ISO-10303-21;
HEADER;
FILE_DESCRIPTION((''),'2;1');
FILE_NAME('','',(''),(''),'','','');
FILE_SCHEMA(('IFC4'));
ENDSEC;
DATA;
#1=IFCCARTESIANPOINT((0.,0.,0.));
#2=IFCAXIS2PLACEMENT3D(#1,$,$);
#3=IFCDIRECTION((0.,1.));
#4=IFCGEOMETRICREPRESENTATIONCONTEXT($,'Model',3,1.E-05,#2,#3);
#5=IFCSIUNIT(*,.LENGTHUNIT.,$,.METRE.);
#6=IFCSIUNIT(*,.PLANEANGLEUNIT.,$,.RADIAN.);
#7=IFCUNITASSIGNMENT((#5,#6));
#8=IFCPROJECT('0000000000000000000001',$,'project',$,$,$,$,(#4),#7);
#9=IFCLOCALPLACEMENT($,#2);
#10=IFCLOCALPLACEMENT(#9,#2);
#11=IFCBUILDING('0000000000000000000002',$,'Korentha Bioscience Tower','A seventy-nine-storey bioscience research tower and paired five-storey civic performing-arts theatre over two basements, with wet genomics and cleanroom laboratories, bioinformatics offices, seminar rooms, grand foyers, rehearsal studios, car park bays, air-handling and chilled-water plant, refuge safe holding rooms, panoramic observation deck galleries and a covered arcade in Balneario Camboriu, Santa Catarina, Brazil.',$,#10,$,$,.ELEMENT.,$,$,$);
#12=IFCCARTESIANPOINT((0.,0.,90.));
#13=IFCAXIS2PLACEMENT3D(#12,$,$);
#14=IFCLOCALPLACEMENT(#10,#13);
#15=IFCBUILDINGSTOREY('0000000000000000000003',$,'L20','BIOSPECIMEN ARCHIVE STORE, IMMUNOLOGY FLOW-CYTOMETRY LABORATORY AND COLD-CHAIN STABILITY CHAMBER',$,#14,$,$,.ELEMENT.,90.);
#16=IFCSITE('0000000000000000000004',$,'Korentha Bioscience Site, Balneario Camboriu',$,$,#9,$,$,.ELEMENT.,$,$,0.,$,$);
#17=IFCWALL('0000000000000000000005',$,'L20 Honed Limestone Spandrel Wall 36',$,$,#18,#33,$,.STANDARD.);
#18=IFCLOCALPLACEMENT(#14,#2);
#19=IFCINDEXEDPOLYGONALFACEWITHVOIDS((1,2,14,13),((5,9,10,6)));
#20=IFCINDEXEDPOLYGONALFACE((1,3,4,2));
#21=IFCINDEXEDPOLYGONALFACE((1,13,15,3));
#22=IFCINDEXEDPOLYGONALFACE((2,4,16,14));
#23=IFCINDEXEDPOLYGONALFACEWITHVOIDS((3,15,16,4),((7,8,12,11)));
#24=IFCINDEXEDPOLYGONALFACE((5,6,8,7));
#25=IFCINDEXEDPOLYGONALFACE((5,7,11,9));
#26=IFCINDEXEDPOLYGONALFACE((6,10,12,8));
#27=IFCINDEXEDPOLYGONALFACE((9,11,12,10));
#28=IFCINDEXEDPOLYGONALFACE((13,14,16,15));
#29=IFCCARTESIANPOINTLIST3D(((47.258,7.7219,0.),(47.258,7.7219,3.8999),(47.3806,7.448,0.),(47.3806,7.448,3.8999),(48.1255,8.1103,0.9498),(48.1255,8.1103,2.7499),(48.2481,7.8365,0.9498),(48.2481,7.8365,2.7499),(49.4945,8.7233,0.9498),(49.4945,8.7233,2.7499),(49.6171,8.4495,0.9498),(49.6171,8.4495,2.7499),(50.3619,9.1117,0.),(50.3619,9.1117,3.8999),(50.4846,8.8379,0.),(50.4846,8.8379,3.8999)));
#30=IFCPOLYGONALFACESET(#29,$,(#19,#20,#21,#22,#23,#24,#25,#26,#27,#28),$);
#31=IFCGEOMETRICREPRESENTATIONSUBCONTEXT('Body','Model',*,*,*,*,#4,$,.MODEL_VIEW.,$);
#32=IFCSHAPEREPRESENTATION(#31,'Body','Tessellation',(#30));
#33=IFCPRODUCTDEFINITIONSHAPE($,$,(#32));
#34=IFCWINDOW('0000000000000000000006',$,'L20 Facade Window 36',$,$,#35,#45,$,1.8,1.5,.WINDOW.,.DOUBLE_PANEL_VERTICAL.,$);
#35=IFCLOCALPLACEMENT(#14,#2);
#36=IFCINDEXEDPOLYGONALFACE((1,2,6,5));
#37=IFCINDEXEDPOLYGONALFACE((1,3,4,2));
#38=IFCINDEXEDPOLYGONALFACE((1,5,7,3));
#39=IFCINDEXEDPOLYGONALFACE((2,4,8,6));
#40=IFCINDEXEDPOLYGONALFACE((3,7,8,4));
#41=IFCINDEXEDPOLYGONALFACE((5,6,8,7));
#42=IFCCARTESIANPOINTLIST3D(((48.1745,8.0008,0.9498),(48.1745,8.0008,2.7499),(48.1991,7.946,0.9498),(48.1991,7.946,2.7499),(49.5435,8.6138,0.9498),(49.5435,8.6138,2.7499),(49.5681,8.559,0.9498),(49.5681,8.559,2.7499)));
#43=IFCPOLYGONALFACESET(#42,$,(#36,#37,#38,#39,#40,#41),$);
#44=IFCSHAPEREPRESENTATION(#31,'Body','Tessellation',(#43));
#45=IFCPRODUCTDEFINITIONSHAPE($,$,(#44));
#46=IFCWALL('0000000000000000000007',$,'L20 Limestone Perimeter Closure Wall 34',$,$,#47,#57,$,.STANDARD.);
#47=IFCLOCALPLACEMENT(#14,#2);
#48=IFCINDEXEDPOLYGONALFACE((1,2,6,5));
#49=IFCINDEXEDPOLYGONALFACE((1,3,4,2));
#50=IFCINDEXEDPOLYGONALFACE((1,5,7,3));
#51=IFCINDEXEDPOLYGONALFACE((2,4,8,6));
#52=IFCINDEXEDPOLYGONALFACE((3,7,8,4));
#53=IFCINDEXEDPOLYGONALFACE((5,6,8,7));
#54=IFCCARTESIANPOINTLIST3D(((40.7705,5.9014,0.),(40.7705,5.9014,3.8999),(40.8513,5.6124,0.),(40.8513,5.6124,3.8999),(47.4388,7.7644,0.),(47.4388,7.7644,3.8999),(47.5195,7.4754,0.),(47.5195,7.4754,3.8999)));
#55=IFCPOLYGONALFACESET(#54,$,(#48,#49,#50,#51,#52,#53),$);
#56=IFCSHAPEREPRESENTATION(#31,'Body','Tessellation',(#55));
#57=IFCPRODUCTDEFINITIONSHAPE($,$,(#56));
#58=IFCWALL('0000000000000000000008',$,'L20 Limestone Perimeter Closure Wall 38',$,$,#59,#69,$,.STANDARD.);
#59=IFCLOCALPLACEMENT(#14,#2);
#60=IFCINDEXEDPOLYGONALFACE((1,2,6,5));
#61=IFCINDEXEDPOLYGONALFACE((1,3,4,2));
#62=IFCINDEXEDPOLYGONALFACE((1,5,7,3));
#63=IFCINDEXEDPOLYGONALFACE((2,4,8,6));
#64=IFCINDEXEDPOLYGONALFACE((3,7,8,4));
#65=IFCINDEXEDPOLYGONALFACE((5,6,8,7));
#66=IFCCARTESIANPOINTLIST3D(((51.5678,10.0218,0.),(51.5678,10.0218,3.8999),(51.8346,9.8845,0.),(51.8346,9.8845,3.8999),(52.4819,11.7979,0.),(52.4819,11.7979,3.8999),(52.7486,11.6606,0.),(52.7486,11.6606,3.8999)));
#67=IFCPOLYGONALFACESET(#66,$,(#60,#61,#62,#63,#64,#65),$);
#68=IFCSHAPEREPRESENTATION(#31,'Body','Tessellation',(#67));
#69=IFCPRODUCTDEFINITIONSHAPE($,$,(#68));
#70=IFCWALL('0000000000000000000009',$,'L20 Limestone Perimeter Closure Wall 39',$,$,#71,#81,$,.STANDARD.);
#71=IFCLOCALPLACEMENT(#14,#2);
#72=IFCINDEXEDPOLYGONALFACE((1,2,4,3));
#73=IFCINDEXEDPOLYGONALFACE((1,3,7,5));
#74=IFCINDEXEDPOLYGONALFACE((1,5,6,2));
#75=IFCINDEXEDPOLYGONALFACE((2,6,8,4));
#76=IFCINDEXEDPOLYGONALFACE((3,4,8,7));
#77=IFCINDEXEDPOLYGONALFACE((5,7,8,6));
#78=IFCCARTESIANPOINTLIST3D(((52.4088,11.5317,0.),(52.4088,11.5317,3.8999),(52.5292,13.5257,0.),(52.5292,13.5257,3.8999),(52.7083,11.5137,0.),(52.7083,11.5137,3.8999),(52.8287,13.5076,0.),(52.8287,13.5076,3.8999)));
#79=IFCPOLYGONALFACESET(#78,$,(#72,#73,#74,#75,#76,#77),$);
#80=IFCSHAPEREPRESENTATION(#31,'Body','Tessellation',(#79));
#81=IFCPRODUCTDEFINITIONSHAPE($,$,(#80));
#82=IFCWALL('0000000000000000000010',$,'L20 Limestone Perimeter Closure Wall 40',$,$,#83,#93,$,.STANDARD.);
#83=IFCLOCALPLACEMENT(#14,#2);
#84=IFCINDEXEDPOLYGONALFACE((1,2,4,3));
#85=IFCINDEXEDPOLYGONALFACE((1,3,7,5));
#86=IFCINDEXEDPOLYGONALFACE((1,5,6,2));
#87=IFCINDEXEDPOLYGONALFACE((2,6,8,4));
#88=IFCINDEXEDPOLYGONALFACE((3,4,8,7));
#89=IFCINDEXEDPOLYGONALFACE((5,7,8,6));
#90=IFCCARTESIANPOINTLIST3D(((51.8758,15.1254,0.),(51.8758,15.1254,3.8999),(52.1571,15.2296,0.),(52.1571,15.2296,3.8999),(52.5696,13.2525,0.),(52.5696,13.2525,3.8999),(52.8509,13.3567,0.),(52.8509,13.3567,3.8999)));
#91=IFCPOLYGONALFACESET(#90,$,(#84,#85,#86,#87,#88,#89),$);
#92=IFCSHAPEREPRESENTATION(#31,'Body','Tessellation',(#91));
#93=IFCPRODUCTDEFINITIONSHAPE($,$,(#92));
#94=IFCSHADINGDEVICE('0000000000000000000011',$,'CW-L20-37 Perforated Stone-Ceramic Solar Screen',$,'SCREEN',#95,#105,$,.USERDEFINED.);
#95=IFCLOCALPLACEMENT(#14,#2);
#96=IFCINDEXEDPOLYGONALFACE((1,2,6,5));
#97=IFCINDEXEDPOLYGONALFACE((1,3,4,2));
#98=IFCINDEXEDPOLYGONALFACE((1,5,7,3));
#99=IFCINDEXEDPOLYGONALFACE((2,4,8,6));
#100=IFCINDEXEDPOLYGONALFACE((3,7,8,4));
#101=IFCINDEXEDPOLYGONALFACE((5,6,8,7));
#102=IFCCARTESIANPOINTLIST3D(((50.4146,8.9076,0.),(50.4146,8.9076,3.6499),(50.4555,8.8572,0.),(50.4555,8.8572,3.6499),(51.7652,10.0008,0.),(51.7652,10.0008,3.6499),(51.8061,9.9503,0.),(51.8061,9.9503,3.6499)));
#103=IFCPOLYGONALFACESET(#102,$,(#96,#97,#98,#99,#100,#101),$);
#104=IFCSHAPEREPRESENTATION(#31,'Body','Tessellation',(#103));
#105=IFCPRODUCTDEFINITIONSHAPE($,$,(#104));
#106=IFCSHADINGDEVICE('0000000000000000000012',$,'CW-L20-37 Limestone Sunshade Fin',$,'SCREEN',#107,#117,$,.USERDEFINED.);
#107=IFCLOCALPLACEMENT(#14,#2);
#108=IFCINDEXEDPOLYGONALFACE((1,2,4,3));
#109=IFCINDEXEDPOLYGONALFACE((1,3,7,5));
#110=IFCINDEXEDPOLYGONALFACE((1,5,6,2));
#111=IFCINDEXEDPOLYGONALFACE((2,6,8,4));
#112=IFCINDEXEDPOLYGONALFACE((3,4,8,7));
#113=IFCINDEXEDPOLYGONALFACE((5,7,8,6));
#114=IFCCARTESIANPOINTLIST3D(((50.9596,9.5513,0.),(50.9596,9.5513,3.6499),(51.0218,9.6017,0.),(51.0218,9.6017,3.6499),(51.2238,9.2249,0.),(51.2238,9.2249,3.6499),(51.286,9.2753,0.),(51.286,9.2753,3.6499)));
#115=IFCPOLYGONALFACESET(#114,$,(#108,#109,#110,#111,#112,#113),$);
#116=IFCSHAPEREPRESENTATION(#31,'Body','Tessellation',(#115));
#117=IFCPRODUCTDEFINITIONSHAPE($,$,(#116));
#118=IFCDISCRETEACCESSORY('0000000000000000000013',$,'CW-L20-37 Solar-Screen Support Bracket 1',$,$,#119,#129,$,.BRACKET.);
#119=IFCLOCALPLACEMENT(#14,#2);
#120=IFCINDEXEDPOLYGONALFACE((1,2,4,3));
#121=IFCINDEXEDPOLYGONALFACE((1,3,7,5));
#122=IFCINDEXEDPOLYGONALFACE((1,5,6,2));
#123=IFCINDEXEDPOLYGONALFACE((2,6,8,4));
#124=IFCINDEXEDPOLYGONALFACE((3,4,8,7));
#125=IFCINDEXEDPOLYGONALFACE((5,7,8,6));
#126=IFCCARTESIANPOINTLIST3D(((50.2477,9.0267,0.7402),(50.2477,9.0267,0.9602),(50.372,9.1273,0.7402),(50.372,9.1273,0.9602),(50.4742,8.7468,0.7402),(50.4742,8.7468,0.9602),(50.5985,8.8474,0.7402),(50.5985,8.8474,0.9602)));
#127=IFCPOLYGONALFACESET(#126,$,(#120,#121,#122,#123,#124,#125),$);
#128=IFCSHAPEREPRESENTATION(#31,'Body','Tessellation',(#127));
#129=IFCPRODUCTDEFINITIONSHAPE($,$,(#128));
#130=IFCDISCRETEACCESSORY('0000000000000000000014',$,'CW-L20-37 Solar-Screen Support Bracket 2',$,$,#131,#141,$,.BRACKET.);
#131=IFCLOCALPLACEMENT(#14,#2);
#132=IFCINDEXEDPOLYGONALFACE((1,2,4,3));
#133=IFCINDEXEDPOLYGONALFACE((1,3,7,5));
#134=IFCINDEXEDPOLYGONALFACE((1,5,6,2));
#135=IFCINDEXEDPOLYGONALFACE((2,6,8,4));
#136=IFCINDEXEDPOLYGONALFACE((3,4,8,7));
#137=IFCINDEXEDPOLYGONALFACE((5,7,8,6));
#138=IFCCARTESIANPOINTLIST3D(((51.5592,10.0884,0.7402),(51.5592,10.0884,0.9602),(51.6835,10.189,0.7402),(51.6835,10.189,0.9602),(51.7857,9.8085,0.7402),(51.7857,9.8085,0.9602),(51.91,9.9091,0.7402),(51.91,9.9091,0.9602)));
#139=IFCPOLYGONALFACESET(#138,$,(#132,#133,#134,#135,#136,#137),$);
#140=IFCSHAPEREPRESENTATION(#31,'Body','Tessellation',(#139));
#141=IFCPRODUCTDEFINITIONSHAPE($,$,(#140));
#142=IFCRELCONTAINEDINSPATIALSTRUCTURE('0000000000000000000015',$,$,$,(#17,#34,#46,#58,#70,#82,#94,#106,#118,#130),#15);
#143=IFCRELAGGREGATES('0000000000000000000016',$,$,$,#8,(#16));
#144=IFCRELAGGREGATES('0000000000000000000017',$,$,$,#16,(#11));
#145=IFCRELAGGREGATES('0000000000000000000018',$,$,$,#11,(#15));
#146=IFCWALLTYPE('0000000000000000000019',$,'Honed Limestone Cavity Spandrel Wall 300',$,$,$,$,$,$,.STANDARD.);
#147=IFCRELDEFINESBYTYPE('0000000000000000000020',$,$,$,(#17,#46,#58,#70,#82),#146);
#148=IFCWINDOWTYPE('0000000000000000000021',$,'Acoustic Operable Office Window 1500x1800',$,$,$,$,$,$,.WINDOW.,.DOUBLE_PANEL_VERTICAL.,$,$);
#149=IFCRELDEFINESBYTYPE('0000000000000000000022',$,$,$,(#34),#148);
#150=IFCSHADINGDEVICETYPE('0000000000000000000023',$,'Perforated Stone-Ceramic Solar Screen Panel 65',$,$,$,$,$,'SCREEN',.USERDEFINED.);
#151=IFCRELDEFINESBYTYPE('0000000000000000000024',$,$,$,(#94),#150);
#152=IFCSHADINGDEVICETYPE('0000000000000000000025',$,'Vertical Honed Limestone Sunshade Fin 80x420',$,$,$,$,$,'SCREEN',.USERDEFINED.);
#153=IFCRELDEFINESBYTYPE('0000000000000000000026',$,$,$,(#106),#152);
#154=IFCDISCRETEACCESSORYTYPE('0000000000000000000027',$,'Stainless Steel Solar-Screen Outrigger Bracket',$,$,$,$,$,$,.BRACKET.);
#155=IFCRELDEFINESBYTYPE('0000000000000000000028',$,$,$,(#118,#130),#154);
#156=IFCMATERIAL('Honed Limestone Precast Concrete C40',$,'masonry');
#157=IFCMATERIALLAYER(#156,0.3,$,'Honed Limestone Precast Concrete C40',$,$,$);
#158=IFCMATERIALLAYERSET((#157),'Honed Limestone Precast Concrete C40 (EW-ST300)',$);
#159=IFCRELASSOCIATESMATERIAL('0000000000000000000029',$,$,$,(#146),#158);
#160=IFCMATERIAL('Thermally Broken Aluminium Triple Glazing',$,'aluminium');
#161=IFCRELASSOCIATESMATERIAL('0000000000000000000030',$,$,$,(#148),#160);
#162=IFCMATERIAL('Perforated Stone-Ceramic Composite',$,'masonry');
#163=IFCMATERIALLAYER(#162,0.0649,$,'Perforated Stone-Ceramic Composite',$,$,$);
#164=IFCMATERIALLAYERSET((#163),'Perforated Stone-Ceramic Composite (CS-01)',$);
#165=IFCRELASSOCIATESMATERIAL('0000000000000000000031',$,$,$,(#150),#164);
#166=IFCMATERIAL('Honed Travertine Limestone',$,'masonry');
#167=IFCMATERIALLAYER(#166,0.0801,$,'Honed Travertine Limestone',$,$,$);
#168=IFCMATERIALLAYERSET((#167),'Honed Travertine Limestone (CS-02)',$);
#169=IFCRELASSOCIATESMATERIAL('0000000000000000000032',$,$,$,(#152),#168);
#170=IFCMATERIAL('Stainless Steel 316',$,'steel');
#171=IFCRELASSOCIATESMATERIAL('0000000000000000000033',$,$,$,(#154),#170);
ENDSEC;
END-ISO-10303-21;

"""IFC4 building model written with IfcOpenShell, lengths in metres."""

from ifc_helpers import new_model, si_unit, direction, frame, frame_2d, origin, origin_2d, place, context, subcontext, project, spatial, rectangle, extrude, material, layer, layer_set, type_object, element, fill, save


model = new_model("IFC4")

# Units and contexts
model_context = context("Model", 3, precision=1e-05, world=origin(), true_north=direction((0.0, 1.0)))
body_context = subcontext(model_context, "Body", "Model", "MODEL_VIEW")
ifc_project = project(units=[si_unit("LENGTHUNIT", "METRE"), si_unit("PLANEANGLEUNIT", "RADIAN")], contexts=[model_context])

# Site, building, storey
site_placement = place(None, origin())
site = spatial("IfcSite", under=ifc_project, at=site_placement, Name="Korentha Bioscience Site, Balneario Camboriu", CompositionType="ELEMENT", RefElevation=0.0)
building_placement = place(site_placement, origin())
building = spatial("IfcBuilding", under=site, at=building_placement, Name="Korentha Bioscience Tower", Description="A seventy-nine-storey bioscience research tower and paired five-storey civic performing-arts theatre over two basements, with wet genomics and cleanroom laboratories, bioinformatics offices, seminar rooms, grand foyers, rehearsal studios, car park bays, air-handling and chilled-water plant, refuge safe holding rooms, panoramic observation deck galleries and a covered arcade in Balneario Camboriu, Santa Catarina, Brazil.", CompositionType="ELEMENT")
storey_placement = place(building_placement, frame((0.0, 0.0, 90.0)))
storey = spatial("IfcBuildingStorey", under=building, at=storey_placement, Name="L20", Description="BIOSPECIMEN ARCHIVE STORE, IMMUNOLOGY FLOW-CYTOMETRY LABORATORY AND COLD-CHAIN STABILITY CHAMBER", CompositionType="ELEMENT", Elevation=90.0)

# Wall, opening, window
ifc_material_1 = material(Name="Honed Limestone Precast Concrete C40", Category="masonry")
ifc_layer_1 = layer(ifc_material_1, 0.3, Name="Honed Limestone Precast Concrete C40")
ifc_layer_set_1 = layer_set([ifc_layer_1], Name="Honed Limestone Precast Concrete C40 (EW-ST300)")
wall_type_1 = type_object("IfcWallType", Name="Honed Limestone Cavity Spandrel Wall 300", PredefinedType="STANDARD", material=ifc_layer_set_1)
wall_1_placement = place(storey_placement, frame((47.3193, 7.585, 0.0), z_axis=(0.0, 0.0, 1.0), x_axis=(0.91268, 0.408675, 0.0)))
wall_1 = element("IfcWall", 1, at=wall_1_placement, inside=storey, type_object=wall_type_1, Name="L20 Honed Limestone Spandrel Wall 36", PredefinedType="STANDARD", context=body_context, shape_type="SweptSolid", body=[
    extrude(rectangle(XDim=3.4009, YDim=0.3, at=frame_2d((1.7004, 0.0))), origin(), (0.0, 0.0, 1.0), 3.8999),
])
opening_placement = place(wall_1_placement, frame((0.9504, 0.0, 0.95)))
opening = element("IfcOpeningElement", 2, at=opening_placement, cuts=wall_1, PredefinedType="OPENING", context=body_context, shape_type="SweptSolid", body=[
    extrude(rectangle(XDim=1.5, YDim=1.8, at=frame_2d((0.75, 0.8999))), frame((0.0, 0.165, 0.0), z_axis=(0.0, -1.0, 0.0), x_axis=(1.0, 0.0, 0.0)), (0.0, 0.0, 1.0), 0.3298),
])
ifc_material_2 = material(Name="Thermally Broken Aluminium Triple Glazing", Category="aluminium")
window_type = type_object("IfcWindowType", Name="Acoustic Operable Office Window 1500x1800", PartitioningType="DOUBLE_PANEL_VERTICAL", PredefinedType="WINDOW", material=ifc_material_2)
window_placement = place(opening_placement, origin())
window = element("IfcWindow", 3, at=window_placement, inside=storey, type_object=window_type, Name="L20 Facade Window 36", OverallHeight=1.8, OverallWidth=1.5, PartitioningType="DOUBLE_PANEL_VERTICAL", PredefinedType="WINDOW", context=body_context, shape_type="SweptSolid", body=[
    extrude(rectangle(XDim=1.5, YDim=1.8, at=frame_2d((0.75, 0.8999))), frame((0.0, 0.03, 0.0), z_axis=(0.0, -1.0, 0.0), x_axis=(1.0, 0.0, 0.0)), (0.0, 0.0, 1.0), 0.0601),
])
fill(opening, window)

# Walls
wall_2_placement = place(storey_placement, frame((40.8108, 5.7568, 0.0), z_axis=(0.0, 0.0, 1.0), x_axis=(0.963116, 0.269086, 0.0)))
element("IfcWall", 4, at=wall_2_placement, inside=storey, type_object=wall_type_1, Name="L20 Limestone Perimeter Closure Wall 34", PredefinedType="STANDARD", context=body_context, shape_type="SweptSolid", body=[
    extrude(rectangle(XDim=6.9236, YDim=0.3, at=frame_2d((3.4619, 0.0))), origin(), (0.0, 0.0, 1.0), 3.8999),
])
for number, where, z_axis, x_axis, name in (
    (5, (51.7012, 9.9531, 0.0), (0.0, 0.0, 1.0), (0.457597, 0.88916, 0.0), "L20 Limestone Perimeter Closure Wall 38"),
    (6, (52.5586, 11.5227, 0.0), (0.0, 0.0, 1.0), (0.060255, 0.998183, 0.0), "L20 Limestone Perimeter Closure Wall 39"),
):
    element("IfcWall", number, at=place(storey_placement, frame(where, z_axis=z_axis, x_axis=x_axis)), inside=storey, type_object=wall_type_1, Name=name, PredefinedType="STANDARD", context=body_context, shape_type="SweptSolid", body=[
        extrude(rectangle(XDim=1.9976, YDim=0.3, at=frame_2d((0.9988, 0.0))), origin(), (0.0, 0.0, 1.0), 3.8999),
    ])
wall_3_placement = place(storey_placement, frame((52.7102, 13.3047, 0.0), z_axis=(0.0, 0.0, 1.0), x_axis=(-0.34737, 0.937728, 0.0)))
element("IfcWall", 7, at=wall_3_placement, inside=storey, type_object=wall_type_1, Name="L20 Limestone Perimeter Closure Wall 40", PredefinedType="STANDARD", context=body_context, shape_type="SweptSolid", body=[
    extrude(rectangle(XDim=1.9973, YDim=0.3, at=frame_2d((0.9985, 0.0))), origin(), (0.0, 0.0, 1.0), 3.8999),
])

# Shading devices
ifc_material_3 = material(Name="Perforated Stone-Ceramic Composite", Category="masonry")
ifc_layer_2 = layer(ifc_material_3, 0.0649, Name="Perforated Stone-Ceramic Composite")
ifc_layer_set_2 = layer_set([ifc_layer_2], Name="Perforated Stone-Ceramic Composite (CS-01)")
shading_device_type_1 = type_object("IfcShadingDeviceType", Name="Perforated Stone-Ceramic Solar Screen Panel 65", ElementType="SCREEN", PredefinedType="USERDEFINED", material=ifc_layer_set_2)
shading_device_1_placement = place(storey_placement, frame((51.1104, 9.429, 0.0), z_axis=(0.0, 0.0, 1.0), x_axis=(0.777315, 0.629111, 0.0)))
element("IfcShadingDevice", 8, at=shading_device_1_placement, inside=storey, type_object=shading_device_type_1, Name="CW-L20-37 Perforated Stone-Ceramic Solar Screen", ObjectType="SCREEN", PredefinedType="USERDEFINED", context=body_context, shape_type="SweptSolid", body=[
    extrude(rectangle(XDim=1.7375, YDim=0.0649, at=origin_2d()), origin(), (0.0, 0.0, 1.0), 3.6499),
])
ifc_material_4 = material(Name="Honed Travertine Limestone", Category="masonry")
ifc_layer_3 = layer(ifc_material_4, 0.0801, Name="Honed Travertine Limestone")
ifc_layer_set_3 = layer_set([ifc_layer_3], Name="Honed Travertine Limestone (CS-02)")
shading_device_type_2 = type_object("IfcShadingDeviceType", Name="Vertical Honed Limestone Sunshade Fin 80x420", ElementType="SCREEN", PredefinedType="USERDEFINED", material=ifc_layer_set_3)
shading_device_2_placement = place(storey_placement, frame((51.1228, 9.4133, 0.0), z_axis=(0.0, 0.0, 1.0), x_axis=(0.777315, 0.629111, 0.0)))
element("IfcShadingDevice", 9, at=shading_device_2_placement, inside=storey, type_object=shading_device_type_2, Name="CW-L20-37 Limestone Sunshade Fin", ObjectType="SCREEN", PredefinedType="USERDEFINED", context=body_context, shape_type="SweptSolid", body=[
    extrude(rectangle(XDim=0.0801, YDim=0.4199, at=origin_2d()), origin(), (0.0, 0.0, 1.0), 3.6499),
])

# Discrete accessories
ifc_material_5 = material(Name="Stainless Steel 316", Category="steel")
discrete_accessory_type = type_object("IfcDiscreteAccessoryType", Name="Stainless Steel Solar-Screen Outrigger Bracket", PredefinedType="BRACKET", material=ifc_material_5)
for number, where, z_axis, x_axis, name in (
    (10, (50.4231, 8.937, 0.7402), (0.0, 0.0, 1.0), (0.777315, 0.629111, 0.0), "CW-L20-37 Solar-Screen Support Bracket 1"),
    (11, (51.7346, 9.9988, 0.7402), (0.0, 0.0, 1.0), (0.777315, 0.629111, 0.0), "CW-L20-37 Solar-Screen Support Bracket 2"),
):
    element("IfcDiscreteAccessory", number, at=place(storey_placement, frame(where, z_axis=z_axis, x_axis=x_axis)), inside=storey, type_object=discrete_accessory_type, Name=name, PredefinedType="BRACKET", context=body_context, shape_type="SweptSolid", body=[
        extrude(rectangle(XDim=0.1599, YDim=0.3601, at=origin_2d()), origin(), (0.0, 0.0, 1.0), 0.22),
    ])

save(model, "model.ifc")
